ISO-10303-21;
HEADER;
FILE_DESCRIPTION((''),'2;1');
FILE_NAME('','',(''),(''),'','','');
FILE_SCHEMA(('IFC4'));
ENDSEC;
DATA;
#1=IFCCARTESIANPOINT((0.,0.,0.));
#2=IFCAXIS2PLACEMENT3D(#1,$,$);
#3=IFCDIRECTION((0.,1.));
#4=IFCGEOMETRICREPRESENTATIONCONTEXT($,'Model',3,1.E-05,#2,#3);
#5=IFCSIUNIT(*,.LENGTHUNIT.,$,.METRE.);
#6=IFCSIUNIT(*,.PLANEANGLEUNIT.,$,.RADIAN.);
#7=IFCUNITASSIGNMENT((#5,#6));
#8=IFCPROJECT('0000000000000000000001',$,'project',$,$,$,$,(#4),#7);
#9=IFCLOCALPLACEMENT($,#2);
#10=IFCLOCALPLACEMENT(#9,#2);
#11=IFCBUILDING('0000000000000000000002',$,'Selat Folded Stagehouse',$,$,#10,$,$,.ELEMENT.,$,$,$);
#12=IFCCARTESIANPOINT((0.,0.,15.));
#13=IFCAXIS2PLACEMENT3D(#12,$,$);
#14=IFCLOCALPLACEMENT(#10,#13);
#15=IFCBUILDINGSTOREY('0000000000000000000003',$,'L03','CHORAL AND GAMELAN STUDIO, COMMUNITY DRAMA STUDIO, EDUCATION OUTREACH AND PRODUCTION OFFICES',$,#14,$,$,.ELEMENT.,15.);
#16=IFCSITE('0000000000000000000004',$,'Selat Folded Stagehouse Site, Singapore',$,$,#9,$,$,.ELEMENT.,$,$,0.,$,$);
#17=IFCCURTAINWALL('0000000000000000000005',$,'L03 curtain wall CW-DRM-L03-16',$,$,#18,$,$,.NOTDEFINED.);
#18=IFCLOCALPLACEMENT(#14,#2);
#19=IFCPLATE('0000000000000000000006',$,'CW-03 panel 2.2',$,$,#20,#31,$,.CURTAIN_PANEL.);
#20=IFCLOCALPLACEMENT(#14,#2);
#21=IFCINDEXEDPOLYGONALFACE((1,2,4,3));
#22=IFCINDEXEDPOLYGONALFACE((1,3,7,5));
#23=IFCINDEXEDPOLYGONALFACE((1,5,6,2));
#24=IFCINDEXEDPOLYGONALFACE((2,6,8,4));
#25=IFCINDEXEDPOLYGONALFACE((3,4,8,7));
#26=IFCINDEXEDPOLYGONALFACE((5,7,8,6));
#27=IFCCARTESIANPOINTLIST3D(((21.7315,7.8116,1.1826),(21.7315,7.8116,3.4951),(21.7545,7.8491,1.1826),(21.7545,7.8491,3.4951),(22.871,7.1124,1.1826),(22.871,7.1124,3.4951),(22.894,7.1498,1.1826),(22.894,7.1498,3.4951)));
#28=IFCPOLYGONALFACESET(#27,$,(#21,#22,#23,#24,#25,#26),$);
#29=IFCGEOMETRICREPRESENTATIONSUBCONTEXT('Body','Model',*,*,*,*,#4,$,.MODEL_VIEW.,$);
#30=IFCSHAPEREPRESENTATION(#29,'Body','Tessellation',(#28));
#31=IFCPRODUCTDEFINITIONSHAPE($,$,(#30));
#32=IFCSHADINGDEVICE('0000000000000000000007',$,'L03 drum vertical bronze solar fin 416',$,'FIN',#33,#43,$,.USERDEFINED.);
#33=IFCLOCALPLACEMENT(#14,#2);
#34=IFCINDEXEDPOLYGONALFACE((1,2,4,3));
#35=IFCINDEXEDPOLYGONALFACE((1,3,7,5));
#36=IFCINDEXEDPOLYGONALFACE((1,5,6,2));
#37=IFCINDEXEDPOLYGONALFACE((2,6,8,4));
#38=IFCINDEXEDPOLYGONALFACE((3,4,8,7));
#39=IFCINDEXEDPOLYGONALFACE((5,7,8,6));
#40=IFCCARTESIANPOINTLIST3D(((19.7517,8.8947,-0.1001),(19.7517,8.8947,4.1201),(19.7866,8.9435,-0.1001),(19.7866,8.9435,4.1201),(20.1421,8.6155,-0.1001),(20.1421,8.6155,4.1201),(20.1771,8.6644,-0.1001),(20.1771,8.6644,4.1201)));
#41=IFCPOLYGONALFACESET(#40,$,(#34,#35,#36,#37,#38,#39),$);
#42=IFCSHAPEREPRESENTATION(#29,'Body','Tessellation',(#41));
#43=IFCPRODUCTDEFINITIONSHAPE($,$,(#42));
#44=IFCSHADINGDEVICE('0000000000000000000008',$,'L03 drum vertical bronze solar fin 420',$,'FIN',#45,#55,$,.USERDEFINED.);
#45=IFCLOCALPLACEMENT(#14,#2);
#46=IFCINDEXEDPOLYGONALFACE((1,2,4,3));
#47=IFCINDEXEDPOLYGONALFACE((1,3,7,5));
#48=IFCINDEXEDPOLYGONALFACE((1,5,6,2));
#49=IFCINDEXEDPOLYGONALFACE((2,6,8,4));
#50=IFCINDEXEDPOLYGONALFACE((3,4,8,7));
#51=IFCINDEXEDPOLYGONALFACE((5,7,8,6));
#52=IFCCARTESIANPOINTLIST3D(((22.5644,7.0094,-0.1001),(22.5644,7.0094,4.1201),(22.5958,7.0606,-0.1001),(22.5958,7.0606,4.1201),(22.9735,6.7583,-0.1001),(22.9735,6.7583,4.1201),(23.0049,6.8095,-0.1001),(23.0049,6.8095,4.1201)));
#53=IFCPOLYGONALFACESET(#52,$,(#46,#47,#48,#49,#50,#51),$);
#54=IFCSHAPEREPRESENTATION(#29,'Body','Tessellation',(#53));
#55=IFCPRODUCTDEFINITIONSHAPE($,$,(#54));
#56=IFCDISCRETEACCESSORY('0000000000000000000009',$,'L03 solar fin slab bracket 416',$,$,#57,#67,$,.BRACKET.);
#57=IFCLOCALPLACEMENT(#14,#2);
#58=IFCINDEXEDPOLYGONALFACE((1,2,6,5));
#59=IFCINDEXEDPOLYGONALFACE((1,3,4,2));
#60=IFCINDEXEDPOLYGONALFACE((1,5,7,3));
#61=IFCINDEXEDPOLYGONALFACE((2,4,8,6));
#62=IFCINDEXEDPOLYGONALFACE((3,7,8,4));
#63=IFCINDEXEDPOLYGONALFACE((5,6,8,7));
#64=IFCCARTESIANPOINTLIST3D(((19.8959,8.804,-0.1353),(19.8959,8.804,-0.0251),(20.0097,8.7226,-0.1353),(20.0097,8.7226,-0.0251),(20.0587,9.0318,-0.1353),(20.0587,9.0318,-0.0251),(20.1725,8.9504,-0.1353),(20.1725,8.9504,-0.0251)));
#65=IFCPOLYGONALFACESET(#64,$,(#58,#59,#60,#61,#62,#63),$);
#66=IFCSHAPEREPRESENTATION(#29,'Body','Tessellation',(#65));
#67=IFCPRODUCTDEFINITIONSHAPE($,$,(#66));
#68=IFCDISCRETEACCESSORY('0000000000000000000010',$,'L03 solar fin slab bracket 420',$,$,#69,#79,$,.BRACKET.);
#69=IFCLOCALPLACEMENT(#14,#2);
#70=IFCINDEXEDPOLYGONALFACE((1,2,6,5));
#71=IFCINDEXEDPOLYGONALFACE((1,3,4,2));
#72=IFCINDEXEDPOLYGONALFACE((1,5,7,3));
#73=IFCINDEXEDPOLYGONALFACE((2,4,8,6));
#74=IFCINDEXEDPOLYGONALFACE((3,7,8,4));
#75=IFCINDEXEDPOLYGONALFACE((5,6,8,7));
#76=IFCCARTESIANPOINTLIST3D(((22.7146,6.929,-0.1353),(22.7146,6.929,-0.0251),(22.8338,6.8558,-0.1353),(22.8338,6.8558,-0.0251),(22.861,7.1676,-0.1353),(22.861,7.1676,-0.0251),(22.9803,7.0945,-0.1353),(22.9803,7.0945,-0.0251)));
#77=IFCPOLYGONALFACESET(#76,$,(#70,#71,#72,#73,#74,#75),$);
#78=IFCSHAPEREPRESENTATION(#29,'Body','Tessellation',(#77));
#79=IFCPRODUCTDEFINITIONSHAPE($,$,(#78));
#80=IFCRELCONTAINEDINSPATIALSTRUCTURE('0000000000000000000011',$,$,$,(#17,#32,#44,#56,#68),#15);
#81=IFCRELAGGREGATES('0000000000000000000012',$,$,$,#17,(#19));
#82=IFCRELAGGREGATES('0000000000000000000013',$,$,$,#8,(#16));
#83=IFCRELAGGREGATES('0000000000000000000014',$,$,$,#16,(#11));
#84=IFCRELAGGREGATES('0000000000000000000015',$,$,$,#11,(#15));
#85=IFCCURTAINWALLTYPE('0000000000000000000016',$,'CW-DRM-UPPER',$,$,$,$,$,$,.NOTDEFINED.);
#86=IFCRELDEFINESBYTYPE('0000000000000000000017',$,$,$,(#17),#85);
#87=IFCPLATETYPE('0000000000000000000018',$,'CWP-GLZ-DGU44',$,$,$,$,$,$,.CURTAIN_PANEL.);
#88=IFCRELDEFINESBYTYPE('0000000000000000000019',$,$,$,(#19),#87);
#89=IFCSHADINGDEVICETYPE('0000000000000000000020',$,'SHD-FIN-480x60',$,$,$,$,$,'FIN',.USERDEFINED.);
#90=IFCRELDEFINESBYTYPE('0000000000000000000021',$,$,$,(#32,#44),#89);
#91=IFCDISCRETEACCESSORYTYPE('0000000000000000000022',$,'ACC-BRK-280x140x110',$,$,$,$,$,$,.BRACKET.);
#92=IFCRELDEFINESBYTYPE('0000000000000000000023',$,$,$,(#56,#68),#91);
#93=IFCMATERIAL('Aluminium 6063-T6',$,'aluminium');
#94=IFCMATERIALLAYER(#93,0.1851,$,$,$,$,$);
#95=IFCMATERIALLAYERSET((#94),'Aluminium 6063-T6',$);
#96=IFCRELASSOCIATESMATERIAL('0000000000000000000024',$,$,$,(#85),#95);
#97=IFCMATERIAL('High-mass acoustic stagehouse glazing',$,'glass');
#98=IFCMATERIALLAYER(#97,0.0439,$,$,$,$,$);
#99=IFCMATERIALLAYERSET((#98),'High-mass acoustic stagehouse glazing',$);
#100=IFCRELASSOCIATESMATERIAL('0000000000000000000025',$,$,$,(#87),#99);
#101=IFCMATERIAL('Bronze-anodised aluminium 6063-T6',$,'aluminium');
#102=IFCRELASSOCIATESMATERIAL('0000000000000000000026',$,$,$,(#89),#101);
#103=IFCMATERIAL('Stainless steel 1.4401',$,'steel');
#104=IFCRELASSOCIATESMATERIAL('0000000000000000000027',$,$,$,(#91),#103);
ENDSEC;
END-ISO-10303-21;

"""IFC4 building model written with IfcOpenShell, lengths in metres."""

from ifc_helpers import new_model, si_unit, direction, frame, origin, origin_2d, place, context, subcontext, project, spatial, rectangle, extrude, material, layer, layer_set, material_profile, profile_set, type_object, element, aggregate, save


model = new_model("IFC4")

# Units and contexts
model_context = context("Model", 3, precision=1e-05, world=origin(), true_north=direction((0.0, 1.0)))
body_context = subcontext(model_context, "Body", "Model", "MODEL_VIEW")
ifc_project = project(units=[si_unit("LENGTHUNIT", "METRE"), si_unit("PLANEANGLEUNIT", "RADIAN")], contexts=[model_context])

# Site, building, storey
site_placement = place(None, origin())
site = spatial("IfcSite", under=ifc_project, at=site_placement, Name="Selat Folded Stagehouse Site, Singapore", CompositionType="ELEMENT", RefElevation=0.0)
building_placement = place(site_placement, origin())
building = spatial("IfcBuilding", under=site, at=building_placement, Name="Selat Folded Stagehouse", CompositionType="ELEMENT")
storey_placement = place(building_placement, frame((0.0, 0.0, 15.0)))
storey = spatial("IfcBuildingStorey", under=building, at=storey_placement, Name="L03", Description="CHORAL AND GAMELAN STUDIO, COMMUNITY DRAMA STUDIO, EDUCATION OUTREACH AND PRODUCTION OFFICES", CompositionType="ELEMENT", Elevation=15.0)

# Curtain wall
ifc_material_1 = material(Name="Aluminium 6063-T6", Category="aluminium")
ifc_layer_1 = layer(ifc_material_1, 0.1851)
ifc_layer_set_1 = layer_set([ifc_layer_1], Name="Aluminium 6063-T6")
curtain_wall_type = type_object("IfcCurtainWallType", Name="CW-DRM-UPPER", PredefinedType="NOTDEFINED", material=ifc_layer_set_1)
curtain_wall_1_placement = place(storey_placement, origin())
curtain_wall_1 = element("IfcCurtainWall", 1, at=curtain_wall_1_placement, inside=storey, type_object=curtain_wall_type, Name="L03 curtain wall CW-DRM-L03-16", PredefinedType="NOTDEFINED")

# Plate
ifc_material_2 = material(Name="High-mass acoustic stagehouse glazing", Category="glass")
ifc_layer_2 = layer(ifc_material_2, 0.0439)
ifc_layer_set_2 = layer_set([ifc_layer_2], Name="High-mass acoustic stagehouse glazing")
plate_type = type_object("IfcPlateType", Name="CWP-GLZ-DGU44", PredefinedType="CURTAIN_PANEL", material=ifc_layer_set_2)
plate_1_placement = place(storey_placement, frame((22.3127, 7.4807, 1.1826), z_axis=(0.0, 0.0, 1.0), x_axis=(-0.852317, 0.523025, 0.0)))
plate_1 = element("IfcPlate", 2, at=plate_1_placement, type_object=plate_type, Name="CW-03 panel 2.2", PredefinedType="CURTAIN_PANEL", context=body_context, shape_type="SweptSolid", body=[
    extrude(rectangle(XDim=1.3369, YDim=0.0439, at=origin_2d()), origin(), (0.0, 0.0, 1.0), 2.3125),
])
aggregate(curtain_wall_1, [plate_1])

# Shading devices
ifc_material_3 = material(Name="Bronze-anodised aluminium 6063-T6", Category="aluminium")
ifc_material_profile_1 = material_profile(ifc_material_3, rectangle(XDim=0.0601, YDim=0.48, at=origin_2d()), Name="SOLAR-FIN 480x60")
ifc_profile_set_1 = profile_set([ifc_material_profile_1], Name="Bronze-anodised aluminium 6063-T6")
shading_device_type = type_object("IfcShadingDeviceType", Name="SHD-FIN-480x60", ElementType="FIN", PredefinedType="USERDEFINED", material=ifc_profile_set_1)
for number, where, z_axis, x_axis, name in (
    (3, (19.9644, 8.7795, -0.1001), (0.0, 0.0, 1.0), (-0.581555, -0.813507, 0.0), "L03 drum vertical bronze solar fin 416"),
    (4, (22.7847, 6.9094, -0.1001), (0.0, 0.0, 1.0), (-0.523094, -0.852275, 0.0), "L03 drum vertical bronze solar fin 420"),
):
    element("IfcShadingDevice", number, at=place(storey_placement, frame(where, z_axis=z_axis, x_axis=x_axis)), inside=storey, type_object=shading_device_type, Name=name, ObjectType="FIN", PredefinedType="USERDEFINED", context=body_context, shape_type="SweptSolid", body=[
        extrude(rectangle(XDim=0.0601, YDim=0.48, at=origin_2d()), origin(), (0.0, 0.0, 1.0), 4.2202),
    ])

# Discrete accessories
ifc_material_4 = material(Name="Stainless steel 1.4401", Category="steel")
discrete_accessory_type = type_object("IfcDiscreteAccessoryType", Name="ACC-BRK-280x140x110", PredefinedType="BRACKET", material=ifc_material_4)
for number, where, z_axis, x_axis, name in (
    (5, (20.0342, 8.8772, -0.1353), (0.0, 0.0, 1.0), (-0.581555, -0.813507, 0.0), "L03 solar fin slab bracket 416"),
    (6, (22.8474, 7.0117, -0.1353), (0.0, 0.0, 1.0), (-0.523094, -0.852275, 0.0), "L03 solar fin slab bracket 420"),
):
    element("IfcDiscreteAccessory", number, at=place(storey_placement, frame(where, z_axis=z_axis, x_axis=x_axis)), inside=storey, type_object=discrete_accessory_type, Name=name, PredefinedType="BRACKET", context=body_context, shape_type="SweptSolid", body=[
        extrude(rectangle(XDim=0.28, YDim=0.1399, at=origin_2d()), origin(), (0.0, 0.0, 1.0), 0.1101),
    ])

save(model, "model.ifc")
